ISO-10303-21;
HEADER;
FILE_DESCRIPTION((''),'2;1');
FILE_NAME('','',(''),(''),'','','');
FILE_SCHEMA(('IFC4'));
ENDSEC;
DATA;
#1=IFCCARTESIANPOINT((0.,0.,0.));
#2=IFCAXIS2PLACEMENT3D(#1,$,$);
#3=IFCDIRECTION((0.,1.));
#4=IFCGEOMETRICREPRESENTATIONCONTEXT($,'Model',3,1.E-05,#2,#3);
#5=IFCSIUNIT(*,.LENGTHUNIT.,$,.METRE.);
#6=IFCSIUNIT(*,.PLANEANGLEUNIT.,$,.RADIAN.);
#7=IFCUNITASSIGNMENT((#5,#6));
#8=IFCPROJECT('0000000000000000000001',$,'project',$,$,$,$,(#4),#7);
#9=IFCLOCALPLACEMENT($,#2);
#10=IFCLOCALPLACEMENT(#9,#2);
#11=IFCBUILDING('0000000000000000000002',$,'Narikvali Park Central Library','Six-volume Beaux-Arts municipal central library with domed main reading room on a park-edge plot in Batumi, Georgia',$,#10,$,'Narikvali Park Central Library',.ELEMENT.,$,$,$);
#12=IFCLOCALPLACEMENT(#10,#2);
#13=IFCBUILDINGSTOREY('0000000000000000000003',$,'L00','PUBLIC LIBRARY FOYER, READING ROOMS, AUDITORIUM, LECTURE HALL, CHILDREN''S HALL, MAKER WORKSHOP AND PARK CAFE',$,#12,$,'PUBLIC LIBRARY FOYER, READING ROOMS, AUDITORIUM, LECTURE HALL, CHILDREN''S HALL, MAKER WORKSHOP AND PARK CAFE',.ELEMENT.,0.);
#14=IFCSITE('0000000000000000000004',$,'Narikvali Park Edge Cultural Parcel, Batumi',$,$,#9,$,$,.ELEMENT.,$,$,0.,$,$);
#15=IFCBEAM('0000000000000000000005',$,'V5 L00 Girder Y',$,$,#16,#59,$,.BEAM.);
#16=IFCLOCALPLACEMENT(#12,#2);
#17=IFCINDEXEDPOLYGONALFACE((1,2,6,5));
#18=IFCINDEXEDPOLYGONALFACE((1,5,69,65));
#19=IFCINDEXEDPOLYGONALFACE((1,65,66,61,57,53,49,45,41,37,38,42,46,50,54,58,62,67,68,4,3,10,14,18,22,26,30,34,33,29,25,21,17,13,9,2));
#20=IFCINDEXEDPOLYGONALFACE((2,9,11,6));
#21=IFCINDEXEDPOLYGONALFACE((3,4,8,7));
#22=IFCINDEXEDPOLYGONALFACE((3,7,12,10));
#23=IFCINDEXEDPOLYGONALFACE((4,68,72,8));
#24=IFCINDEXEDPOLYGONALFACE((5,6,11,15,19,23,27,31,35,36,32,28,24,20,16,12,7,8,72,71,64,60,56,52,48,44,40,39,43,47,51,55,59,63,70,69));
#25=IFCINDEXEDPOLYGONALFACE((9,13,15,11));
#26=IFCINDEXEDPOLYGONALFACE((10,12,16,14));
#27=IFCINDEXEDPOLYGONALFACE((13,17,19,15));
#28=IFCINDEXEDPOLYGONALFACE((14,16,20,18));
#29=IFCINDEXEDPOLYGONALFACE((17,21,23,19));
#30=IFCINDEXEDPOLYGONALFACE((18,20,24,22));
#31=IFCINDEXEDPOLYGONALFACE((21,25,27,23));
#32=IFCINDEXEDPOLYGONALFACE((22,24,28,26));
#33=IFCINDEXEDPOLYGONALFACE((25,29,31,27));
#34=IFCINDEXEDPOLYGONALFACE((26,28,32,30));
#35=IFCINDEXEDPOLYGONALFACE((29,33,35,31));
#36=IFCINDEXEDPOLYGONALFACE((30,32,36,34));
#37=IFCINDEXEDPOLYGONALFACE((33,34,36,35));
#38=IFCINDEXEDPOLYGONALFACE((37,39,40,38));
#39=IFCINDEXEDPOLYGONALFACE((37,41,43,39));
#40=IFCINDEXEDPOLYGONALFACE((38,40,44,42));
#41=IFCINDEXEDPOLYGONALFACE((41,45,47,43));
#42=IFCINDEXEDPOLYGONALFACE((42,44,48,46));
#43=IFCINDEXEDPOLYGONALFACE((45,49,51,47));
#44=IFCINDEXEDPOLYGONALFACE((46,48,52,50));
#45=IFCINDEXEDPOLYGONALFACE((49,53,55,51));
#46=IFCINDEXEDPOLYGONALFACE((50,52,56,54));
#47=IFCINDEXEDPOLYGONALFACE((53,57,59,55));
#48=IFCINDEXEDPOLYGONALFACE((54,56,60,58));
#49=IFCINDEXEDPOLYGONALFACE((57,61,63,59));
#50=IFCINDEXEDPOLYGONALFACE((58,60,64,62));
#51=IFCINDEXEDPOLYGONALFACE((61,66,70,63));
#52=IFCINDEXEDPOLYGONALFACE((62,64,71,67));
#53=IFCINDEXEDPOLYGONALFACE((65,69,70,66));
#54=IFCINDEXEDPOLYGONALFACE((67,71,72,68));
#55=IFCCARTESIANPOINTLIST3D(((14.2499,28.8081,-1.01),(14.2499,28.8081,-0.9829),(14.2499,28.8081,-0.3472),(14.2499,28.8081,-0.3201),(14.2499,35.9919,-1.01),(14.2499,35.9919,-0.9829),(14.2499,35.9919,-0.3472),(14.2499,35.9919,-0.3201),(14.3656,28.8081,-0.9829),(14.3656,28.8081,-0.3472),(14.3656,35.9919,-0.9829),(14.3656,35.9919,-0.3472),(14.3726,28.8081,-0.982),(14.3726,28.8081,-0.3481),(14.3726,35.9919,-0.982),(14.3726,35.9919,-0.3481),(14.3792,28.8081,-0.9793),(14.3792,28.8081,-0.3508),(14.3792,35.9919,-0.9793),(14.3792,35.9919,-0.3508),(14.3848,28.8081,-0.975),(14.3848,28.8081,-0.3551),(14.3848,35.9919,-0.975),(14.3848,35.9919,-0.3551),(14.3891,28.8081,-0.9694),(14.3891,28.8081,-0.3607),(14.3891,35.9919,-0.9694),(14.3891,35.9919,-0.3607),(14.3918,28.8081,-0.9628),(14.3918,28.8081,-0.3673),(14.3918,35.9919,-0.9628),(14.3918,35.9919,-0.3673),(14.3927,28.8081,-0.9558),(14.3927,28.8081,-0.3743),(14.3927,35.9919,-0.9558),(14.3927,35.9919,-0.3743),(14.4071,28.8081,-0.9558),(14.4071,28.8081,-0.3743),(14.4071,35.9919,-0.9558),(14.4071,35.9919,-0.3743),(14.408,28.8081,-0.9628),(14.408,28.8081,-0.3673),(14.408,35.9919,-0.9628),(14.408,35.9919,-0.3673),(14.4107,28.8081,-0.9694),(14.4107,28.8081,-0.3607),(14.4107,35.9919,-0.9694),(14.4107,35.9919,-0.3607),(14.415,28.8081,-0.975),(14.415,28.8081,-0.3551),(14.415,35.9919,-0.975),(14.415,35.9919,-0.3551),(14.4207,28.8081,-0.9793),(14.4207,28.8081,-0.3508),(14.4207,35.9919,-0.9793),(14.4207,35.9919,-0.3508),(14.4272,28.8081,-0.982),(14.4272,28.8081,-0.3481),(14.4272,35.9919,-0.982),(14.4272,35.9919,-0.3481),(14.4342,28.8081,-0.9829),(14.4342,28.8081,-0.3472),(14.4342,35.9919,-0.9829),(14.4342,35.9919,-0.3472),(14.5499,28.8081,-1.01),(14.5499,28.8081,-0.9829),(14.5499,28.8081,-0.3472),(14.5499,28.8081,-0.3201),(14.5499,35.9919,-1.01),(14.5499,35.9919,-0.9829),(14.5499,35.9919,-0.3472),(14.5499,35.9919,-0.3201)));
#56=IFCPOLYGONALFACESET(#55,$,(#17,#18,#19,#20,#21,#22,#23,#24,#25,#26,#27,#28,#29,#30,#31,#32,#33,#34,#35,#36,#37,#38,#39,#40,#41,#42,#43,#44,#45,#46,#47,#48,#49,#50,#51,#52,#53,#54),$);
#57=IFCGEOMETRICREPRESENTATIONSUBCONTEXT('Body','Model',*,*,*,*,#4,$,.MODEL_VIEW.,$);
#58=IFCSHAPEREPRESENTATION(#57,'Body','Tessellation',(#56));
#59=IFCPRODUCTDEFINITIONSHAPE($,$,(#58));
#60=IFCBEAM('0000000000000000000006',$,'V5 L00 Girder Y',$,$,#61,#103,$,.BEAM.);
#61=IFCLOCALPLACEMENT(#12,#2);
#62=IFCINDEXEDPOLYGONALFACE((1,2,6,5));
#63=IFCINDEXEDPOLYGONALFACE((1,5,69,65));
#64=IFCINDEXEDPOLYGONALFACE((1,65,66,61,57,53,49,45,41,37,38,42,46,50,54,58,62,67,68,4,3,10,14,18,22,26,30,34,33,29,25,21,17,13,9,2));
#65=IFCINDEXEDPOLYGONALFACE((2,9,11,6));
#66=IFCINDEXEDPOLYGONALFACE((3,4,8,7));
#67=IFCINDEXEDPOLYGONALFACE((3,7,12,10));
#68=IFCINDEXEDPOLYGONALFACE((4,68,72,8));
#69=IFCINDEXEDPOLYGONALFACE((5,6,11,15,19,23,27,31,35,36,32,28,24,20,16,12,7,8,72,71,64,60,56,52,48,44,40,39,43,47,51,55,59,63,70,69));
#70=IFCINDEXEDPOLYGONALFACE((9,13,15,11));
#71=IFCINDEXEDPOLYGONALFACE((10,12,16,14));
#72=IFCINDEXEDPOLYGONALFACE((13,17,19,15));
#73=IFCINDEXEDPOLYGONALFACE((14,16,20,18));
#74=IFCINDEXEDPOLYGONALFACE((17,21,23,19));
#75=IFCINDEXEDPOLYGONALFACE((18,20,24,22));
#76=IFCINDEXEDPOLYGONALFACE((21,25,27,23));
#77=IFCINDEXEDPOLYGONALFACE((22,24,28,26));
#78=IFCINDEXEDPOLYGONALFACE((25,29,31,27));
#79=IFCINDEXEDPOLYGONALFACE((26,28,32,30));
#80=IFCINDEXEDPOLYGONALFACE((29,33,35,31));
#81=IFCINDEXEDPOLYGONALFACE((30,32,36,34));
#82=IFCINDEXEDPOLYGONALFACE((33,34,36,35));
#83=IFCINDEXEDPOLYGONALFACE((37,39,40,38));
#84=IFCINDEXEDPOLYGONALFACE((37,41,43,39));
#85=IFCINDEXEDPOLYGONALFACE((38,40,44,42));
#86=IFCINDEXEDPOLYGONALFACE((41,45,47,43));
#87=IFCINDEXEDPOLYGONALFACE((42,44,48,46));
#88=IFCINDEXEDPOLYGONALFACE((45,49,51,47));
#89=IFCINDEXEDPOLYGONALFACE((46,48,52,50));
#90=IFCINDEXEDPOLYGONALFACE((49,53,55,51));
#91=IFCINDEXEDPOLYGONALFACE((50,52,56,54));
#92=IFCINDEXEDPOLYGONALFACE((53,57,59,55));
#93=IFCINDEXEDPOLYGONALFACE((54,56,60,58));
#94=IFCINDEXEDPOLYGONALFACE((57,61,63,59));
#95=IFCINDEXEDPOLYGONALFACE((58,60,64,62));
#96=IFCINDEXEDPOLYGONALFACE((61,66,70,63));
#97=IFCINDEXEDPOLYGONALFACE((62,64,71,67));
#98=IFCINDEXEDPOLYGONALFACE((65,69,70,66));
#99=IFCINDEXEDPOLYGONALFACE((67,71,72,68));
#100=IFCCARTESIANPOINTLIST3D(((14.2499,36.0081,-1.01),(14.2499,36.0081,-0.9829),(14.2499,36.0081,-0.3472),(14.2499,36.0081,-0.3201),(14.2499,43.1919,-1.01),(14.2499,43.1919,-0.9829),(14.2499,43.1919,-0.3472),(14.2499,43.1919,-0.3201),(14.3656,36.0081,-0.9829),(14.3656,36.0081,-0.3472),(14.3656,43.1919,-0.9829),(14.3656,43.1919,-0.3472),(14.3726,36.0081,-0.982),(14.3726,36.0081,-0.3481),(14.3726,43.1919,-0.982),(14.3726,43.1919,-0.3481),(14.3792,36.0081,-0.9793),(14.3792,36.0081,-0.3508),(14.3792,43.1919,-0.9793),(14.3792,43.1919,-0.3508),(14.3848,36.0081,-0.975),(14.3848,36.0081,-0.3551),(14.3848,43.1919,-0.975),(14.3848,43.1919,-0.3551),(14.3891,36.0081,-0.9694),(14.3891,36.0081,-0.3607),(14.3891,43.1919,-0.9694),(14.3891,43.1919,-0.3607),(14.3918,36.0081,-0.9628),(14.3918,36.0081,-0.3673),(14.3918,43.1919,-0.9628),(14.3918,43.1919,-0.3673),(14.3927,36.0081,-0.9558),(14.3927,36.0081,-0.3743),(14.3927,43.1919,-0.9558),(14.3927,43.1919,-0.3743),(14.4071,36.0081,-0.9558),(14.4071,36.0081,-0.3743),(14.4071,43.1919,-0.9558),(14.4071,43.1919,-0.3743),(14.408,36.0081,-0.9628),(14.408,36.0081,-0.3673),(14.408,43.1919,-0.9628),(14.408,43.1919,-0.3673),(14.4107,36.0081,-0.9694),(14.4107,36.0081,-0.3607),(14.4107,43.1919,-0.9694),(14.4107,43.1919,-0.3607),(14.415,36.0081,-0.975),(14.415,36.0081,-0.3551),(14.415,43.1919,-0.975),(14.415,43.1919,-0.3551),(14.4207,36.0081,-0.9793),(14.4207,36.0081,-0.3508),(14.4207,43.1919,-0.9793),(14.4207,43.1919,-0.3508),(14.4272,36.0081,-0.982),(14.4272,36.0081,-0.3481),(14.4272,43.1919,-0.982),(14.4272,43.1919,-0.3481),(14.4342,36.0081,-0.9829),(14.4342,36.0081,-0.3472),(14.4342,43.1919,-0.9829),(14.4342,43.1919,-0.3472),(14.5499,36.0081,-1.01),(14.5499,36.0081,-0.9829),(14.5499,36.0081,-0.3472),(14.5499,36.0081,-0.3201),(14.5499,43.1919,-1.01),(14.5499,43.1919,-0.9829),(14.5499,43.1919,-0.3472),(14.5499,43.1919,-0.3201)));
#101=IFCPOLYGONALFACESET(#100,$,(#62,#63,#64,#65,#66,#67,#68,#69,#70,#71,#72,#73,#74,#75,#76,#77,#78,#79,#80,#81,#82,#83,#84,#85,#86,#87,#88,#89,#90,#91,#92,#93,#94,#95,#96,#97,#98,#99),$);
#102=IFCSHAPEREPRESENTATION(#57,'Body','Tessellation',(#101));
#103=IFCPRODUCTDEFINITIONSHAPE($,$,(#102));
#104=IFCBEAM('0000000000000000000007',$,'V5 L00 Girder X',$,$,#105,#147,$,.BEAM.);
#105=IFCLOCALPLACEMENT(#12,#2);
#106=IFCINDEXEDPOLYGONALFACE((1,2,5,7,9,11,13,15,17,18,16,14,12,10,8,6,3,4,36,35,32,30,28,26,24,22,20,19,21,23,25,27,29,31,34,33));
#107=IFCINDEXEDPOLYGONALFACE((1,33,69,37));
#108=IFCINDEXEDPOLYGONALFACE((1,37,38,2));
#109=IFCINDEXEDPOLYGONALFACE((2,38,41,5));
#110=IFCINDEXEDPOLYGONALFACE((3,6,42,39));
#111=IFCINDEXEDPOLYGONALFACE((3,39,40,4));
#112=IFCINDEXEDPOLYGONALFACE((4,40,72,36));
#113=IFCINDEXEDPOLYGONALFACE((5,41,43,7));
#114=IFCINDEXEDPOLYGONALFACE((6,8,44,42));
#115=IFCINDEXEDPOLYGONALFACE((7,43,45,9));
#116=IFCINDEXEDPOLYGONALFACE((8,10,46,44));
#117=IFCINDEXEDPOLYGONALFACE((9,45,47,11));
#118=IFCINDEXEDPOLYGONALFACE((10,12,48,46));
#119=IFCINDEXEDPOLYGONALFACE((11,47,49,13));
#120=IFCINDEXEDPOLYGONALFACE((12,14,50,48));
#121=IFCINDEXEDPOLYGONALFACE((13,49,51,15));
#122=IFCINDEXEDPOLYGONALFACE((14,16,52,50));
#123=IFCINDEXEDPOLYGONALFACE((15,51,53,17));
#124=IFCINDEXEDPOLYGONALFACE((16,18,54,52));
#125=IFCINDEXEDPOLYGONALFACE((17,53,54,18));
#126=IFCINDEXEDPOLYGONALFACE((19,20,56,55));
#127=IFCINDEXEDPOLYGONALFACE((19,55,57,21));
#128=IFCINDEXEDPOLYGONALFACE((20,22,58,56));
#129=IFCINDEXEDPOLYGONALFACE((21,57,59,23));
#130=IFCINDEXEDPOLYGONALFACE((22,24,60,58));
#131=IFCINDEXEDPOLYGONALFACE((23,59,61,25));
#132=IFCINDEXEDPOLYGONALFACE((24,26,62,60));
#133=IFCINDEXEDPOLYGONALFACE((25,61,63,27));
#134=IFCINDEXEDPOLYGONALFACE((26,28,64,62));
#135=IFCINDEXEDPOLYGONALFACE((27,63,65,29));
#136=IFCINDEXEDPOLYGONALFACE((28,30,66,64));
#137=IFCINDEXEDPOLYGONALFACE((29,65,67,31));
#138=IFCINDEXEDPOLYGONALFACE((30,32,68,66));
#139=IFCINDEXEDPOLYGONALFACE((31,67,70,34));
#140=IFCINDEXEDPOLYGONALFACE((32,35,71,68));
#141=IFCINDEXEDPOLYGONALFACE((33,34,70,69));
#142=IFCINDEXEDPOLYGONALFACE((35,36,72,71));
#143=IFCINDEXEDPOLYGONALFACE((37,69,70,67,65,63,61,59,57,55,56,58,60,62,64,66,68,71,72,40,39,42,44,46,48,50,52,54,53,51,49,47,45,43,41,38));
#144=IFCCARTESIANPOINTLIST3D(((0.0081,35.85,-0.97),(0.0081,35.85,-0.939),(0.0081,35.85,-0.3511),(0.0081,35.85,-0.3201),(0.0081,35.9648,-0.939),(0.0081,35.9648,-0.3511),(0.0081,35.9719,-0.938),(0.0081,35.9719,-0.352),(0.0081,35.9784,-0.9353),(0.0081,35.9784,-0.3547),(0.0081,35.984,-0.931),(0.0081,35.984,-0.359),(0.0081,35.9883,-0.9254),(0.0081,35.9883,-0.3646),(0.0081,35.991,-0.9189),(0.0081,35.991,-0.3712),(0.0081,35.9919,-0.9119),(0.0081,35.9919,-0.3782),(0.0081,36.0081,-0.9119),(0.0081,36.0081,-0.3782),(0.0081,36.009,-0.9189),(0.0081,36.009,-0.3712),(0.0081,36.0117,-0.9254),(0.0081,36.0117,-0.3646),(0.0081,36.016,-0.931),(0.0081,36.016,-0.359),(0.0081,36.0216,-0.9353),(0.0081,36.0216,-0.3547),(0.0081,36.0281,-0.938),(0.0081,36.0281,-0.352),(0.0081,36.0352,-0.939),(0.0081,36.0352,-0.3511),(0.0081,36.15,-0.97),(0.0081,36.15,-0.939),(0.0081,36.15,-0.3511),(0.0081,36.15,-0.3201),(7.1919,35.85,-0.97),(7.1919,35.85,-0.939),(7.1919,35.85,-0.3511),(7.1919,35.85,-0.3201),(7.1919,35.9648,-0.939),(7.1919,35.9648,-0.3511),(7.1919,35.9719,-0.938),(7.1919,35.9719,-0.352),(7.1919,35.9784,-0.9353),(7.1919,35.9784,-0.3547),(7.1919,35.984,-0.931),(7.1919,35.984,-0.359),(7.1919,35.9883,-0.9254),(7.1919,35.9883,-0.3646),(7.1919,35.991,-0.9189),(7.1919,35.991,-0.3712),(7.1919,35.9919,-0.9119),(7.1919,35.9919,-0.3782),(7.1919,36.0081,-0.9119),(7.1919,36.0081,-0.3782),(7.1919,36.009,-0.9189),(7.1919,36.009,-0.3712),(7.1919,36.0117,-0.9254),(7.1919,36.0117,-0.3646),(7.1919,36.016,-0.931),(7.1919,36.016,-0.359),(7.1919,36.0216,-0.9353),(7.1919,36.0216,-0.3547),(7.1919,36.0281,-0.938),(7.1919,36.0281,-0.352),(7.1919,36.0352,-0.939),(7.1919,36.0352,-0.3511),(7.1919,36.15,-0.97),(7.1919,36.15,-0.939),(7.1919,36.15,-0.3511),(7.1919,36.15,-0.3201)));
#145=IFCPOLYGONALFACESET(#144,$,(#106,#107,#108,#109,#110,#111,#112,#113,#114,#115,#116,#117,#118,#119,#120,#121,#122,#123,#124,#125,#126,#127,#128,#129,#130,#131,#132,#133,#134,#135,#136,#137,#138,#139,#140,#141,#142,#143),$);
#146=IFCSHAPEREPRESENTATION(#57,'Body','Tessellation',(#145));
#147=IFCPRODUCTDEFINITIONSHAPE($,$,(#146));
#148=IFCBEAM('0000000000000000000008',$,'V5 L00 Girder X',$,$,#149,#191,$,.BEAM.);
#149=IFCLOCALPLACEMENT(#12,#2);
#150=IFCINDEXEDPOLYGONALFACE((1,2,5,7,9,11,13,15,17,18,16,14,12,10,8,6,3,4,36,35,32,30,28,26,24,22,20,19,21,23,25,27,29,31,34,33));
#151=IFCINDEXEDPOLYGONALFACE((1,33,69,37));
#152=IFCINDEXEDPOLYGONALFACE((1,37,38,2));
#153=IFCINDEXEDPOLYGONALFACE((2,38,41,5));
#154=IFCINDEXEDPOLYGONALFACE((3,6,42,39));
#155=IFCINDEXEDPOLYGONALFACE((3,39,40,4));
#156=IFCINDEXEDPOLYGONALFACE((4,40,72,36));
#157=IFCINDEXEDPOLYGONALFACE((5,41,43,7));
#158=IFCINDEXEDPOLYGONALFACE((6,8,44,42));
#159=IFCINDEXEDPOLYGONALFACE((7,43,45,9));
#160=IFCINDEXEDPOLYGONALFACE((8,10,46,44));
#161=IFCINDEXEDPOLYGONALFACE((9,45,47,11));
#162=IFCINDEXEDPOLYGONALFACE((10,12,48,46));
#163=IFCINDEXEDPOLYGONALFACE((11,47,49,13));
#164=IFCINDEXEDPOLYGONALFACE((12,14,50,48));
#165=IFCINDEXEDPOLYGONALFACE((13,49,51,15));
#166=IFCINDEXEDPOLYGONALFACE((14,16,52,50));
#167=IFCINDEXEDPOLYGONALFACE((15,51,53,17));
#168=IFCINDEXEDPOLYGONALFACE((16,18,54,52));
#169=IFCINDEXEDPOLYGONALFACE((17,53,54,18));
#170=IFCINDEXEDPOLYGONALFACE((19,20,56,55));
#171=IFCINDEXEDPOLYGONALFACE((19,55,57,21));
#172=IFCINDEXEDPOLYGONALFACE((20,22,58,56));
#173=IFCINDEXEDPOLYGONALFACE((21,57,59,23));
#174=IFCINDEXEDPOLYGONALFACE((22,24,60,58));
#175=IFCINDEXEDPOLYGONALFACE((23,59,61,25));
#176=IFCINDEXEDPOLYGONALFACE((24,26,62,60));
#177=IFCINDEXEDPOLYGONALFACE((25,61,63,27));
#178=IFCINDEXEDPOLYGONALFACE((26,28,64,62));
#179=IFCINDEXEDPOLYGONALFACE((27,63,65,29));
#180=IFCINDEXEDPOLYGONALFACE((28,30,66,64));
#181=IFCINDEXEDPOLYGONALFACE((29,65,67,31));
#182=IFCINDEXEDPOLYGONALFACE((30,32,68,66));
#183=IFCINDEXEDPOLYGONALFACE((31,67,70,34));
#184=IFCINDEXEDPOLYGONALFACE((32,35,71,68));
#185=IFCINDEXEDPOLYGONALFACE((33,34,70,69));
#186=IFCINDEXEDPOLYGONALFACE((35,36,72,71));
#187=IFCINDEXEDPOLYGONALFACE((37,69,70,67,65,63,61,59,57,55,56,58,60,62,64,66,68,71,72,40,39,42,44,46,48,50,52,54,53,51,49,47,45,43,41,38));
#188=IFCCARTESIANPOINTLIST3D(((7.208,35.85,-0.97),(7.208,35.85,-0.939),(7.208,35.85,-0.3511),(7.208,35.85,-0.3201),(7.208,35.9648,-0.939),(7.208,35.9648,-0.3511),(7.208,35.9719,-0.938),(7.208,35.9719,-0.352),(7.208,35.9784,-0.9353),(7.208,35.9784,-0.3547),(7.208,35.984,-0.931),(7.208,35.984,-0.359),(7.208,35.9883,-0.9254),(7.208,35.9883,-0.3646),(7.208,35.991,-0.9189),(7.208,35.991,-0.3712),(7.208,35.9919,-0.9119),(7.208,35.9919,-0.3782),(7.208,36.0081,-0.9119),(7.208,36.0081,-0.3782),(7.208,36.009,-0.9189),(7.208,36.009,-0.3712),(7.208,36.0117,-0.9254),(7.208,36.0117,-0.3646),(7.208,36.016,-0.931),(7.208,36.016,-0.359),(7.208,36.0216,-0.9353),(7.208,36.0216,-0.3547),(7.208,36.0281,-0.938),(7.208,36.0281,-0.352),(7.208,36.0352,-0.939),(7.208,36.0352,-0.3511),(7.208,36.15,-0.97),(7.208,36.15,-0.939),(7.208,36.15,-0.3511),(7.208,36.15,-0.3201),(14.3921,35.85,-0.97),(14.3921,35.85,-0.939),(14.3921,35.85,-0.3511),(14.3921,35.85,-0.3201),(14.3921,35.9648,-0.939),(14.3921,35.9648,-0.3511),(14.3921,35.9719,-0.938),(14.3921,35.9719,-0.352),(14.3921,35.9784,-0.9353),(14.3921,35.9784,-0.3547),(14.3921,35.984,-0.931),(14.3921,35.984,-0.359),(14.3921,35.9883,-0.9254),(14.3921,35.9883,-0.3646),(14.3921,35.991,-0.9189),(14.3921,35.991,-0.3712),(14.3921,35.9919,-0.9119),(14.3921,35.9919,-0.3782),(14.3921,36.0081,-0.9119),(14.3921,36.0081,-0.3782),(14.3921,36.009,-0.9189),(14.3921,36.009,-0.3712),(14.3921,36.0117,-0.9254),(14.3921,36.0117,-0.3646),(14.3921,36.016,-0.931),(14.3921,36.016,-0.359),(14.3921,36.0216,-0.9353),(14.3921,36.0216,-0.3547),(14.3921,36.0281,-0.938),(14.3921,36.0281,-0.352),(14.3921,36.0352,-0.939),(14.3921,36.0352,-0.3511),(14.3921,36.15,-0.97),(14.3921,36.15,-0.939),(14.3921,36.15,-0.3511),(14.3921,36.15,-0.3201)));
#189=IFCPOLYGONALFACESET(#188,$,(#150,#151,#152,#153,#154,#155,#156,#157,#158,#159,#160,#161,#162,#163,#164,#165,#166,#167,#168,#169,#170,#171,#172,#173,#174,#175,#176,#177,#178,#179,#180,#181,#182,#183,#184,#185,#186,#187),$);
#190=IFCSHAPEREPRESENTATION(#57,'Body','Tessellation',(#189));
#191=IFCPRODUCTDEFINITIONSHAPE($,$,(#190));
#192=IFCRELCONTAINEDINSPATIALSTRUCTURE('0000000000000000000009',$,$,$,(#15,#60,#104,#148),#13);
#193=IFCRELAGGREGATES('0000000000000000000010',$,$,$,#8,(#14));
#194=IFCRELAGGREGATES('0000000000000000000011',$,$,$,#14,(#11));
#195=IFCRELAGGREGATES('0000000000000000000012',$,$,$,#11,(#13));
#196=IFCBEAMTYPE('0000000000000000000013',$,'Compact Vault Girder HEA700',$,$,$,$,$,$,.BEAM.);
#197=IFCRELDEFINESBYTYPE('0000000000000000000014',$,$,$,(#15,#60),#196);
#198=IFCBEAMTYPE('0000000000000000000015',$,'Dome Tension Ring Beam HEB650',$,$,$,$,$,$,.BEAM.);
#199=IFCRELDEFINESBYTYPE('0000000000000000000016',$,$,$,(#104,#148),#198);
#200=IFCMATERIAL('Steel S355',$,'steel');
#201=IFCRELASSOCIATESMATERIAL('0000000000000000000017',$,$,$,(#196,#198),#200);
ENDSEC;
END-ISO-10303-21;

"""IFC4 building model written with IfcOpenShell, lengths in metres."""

from ifc_helpers import new_model, si_unit, direction, frame, origin, origin_2d, place, context, subcontext, project, spatial, i_section, extrude, material, material_profile, profile_set, type_object, element, save


model = new_model("IFC4")

# Units and contexts
model_context = context("Model", 3, precision=1e-05, world=origin(), true_north=direction((0.0, 1.0)))
body_context = subcontext(model_context, "Body", "Model", "MODEL_VIEW")
ifc_project = project(units=[si_unit("LENGTHUNIT", "METRE"), si_unit("PLANEANGLEUNIT", "RADIAN")], contexts=[model_context])

# Site, building, storey
site_placement = place(None, origin())
site = spatial("IfcSite", under=ifc_project, at=site_placement, Name="Narikvali Park Edge Cultural Parcel, Batumi", CompositionType="ELEMENT", RefElevation=0.0)
building_placement = place(site_placement, origin())
building = spatial("IfcBuilding", under=site, at=building_placement, Name="Narikvali Park Central Library", Description="Six-volume Beaux-Arts municipal central library with domed main reading room on a park-edge plot in Batumi, Georgia", LongName="Narikvali Park Central Library", CompositionType="ELEMENT")
storey_placement = place(building_placement, origin())
storey = spatial("IfcBuildingStorey", under=building, at=storey_placement, Name="L00", Description="PUBLIC LIBRARY FOYER, READING ROOMS, AUDITORIUM, LECTURE HALL, CHILDREN'S HALL, MAKER WORKSHOP AND PARK CAFE", LongName="PUBLIC LIBRARY FOYER, READING ROOMS, AUDITORIUM, LECTURE HALL, CHILDREN'S HALL, MAKER WORKSHOP AND PARK CAFE", CompositionType="ELEMENT", Elevation=0.0)

# Shared definitions
ifc_material_1 = material(Name="Steel S355", Category="steel")

# Beams
ifc_material_profile_1 = material_profile(ifc_material_1, i_section(OverallWidth=0.3, OverallDepth=0.6899, WebThickness=0.0144, FlangeThickness=0.0271, FilletRadius=0.0271, at=origin_2d()), Name="HEA 700")
ifc_profile_set_1 = profile_set([ifc_material_profile_1], Name="Steel S355")
beam_type_1 = type_object("IfcBeamType", Name="Compact Vault Girder HEA700", PredefinedType="BEAM", material=ifc_profile_set_1)
for number, where, z_axis, x_axis, name in (
    (1, (14.3999, 28.8081, -0.665), (0.0, 1.0, 0.0), (-1.0, 0.0, 0.0), "V5 L00 Girder Y"),
    (2, (14.3999, 36.0081, -0.665), (0.0, 1.0, 0.0), (-1.0, 0.0, 0.0), "V5 L00 Girder Y"),
):
    element("IfcBeam", number, at=place(storey_placement, frame(where, z_axis=z_axis, x_axis=x_axis)), inside=storey, type_object=beam_type_1, Name=name, PredefinedType="BEAM", context=body_context, shape_type="SweptSolid", body=[
        extrude(i_section(OverallWidth=0.3, OverallDepth=0.6899, WebThickness=0.0144, FlangeThickness=0.0271, FilletRadius=0.0271, at=origin_2d()), origin(), (0.0, 0.0, 1.0), 7.1838),
    ])
ifc_material_profile_2 = material_profile(ifc_material_1, i_section(OverallWidth=0.3, OverallDepth=0.6499, WebThickness=0.0161, FlangeThickness=0.031, FilletRadius=0.0271, at=origin_2d()), Name="HEB 650")
ifc_profile_set_2 = profile_set([ifc_material_profile_2], Name="Steel S355")
beam_type_2 = type_object("IfcBeamType", Name="Dome Tension Ring Beam HEB650", PredefinedType="BEAM", material=ifc_profile_set_2)
beam_1_placement = place(storey_placement, frame((0.0081, 36.0, -0.645), z_axis=(1.0, 0.0, 0.0), x_axis=(0.0, 1.0, 0.0)))
element("IfcBeam", 3, at=beam_1_placement, inside=storey, type_object=beam_type_2, Name="V5 L00 Girder X", PredefinedType="BEAM", context=body_context, shape_type="SweptSolid", body=[
    extrude(i_section(OverallWidth=0.3, OverallDepth=0.6499, WebThickness=0.0161, FlangeThickness=0.031, FilletRadius=0.0271, at=origin_2d()), origin(), (0.0, 0.0, 1.0), 7.1838),
])
beam_2_placement = place(storey_placement, frame((7.208, 36.0, -0.645), z_axis=(1.0, 0.0, 0.0), x_axis=(0.0, 1.0, 0.0)))
element("IfcBeam", 4, at=beam_2_placement, inside=storey, type_object=beam_type_2, Name="V5 L00 Girder X", PredefinedType="BEAM", context=body_context, shape_type="SweptSolid", body=[
    extrude(i_section(OverallWidth=0.3, OverallDepth=0.6499, WebThickness=0.0161, FlangeThickness=0.031, FilletRadius=0.0271, at=origin_2d()), origin(), (0.0, 0.0, 1.0), 7.1841),
])

save(model, "model.ifc")
